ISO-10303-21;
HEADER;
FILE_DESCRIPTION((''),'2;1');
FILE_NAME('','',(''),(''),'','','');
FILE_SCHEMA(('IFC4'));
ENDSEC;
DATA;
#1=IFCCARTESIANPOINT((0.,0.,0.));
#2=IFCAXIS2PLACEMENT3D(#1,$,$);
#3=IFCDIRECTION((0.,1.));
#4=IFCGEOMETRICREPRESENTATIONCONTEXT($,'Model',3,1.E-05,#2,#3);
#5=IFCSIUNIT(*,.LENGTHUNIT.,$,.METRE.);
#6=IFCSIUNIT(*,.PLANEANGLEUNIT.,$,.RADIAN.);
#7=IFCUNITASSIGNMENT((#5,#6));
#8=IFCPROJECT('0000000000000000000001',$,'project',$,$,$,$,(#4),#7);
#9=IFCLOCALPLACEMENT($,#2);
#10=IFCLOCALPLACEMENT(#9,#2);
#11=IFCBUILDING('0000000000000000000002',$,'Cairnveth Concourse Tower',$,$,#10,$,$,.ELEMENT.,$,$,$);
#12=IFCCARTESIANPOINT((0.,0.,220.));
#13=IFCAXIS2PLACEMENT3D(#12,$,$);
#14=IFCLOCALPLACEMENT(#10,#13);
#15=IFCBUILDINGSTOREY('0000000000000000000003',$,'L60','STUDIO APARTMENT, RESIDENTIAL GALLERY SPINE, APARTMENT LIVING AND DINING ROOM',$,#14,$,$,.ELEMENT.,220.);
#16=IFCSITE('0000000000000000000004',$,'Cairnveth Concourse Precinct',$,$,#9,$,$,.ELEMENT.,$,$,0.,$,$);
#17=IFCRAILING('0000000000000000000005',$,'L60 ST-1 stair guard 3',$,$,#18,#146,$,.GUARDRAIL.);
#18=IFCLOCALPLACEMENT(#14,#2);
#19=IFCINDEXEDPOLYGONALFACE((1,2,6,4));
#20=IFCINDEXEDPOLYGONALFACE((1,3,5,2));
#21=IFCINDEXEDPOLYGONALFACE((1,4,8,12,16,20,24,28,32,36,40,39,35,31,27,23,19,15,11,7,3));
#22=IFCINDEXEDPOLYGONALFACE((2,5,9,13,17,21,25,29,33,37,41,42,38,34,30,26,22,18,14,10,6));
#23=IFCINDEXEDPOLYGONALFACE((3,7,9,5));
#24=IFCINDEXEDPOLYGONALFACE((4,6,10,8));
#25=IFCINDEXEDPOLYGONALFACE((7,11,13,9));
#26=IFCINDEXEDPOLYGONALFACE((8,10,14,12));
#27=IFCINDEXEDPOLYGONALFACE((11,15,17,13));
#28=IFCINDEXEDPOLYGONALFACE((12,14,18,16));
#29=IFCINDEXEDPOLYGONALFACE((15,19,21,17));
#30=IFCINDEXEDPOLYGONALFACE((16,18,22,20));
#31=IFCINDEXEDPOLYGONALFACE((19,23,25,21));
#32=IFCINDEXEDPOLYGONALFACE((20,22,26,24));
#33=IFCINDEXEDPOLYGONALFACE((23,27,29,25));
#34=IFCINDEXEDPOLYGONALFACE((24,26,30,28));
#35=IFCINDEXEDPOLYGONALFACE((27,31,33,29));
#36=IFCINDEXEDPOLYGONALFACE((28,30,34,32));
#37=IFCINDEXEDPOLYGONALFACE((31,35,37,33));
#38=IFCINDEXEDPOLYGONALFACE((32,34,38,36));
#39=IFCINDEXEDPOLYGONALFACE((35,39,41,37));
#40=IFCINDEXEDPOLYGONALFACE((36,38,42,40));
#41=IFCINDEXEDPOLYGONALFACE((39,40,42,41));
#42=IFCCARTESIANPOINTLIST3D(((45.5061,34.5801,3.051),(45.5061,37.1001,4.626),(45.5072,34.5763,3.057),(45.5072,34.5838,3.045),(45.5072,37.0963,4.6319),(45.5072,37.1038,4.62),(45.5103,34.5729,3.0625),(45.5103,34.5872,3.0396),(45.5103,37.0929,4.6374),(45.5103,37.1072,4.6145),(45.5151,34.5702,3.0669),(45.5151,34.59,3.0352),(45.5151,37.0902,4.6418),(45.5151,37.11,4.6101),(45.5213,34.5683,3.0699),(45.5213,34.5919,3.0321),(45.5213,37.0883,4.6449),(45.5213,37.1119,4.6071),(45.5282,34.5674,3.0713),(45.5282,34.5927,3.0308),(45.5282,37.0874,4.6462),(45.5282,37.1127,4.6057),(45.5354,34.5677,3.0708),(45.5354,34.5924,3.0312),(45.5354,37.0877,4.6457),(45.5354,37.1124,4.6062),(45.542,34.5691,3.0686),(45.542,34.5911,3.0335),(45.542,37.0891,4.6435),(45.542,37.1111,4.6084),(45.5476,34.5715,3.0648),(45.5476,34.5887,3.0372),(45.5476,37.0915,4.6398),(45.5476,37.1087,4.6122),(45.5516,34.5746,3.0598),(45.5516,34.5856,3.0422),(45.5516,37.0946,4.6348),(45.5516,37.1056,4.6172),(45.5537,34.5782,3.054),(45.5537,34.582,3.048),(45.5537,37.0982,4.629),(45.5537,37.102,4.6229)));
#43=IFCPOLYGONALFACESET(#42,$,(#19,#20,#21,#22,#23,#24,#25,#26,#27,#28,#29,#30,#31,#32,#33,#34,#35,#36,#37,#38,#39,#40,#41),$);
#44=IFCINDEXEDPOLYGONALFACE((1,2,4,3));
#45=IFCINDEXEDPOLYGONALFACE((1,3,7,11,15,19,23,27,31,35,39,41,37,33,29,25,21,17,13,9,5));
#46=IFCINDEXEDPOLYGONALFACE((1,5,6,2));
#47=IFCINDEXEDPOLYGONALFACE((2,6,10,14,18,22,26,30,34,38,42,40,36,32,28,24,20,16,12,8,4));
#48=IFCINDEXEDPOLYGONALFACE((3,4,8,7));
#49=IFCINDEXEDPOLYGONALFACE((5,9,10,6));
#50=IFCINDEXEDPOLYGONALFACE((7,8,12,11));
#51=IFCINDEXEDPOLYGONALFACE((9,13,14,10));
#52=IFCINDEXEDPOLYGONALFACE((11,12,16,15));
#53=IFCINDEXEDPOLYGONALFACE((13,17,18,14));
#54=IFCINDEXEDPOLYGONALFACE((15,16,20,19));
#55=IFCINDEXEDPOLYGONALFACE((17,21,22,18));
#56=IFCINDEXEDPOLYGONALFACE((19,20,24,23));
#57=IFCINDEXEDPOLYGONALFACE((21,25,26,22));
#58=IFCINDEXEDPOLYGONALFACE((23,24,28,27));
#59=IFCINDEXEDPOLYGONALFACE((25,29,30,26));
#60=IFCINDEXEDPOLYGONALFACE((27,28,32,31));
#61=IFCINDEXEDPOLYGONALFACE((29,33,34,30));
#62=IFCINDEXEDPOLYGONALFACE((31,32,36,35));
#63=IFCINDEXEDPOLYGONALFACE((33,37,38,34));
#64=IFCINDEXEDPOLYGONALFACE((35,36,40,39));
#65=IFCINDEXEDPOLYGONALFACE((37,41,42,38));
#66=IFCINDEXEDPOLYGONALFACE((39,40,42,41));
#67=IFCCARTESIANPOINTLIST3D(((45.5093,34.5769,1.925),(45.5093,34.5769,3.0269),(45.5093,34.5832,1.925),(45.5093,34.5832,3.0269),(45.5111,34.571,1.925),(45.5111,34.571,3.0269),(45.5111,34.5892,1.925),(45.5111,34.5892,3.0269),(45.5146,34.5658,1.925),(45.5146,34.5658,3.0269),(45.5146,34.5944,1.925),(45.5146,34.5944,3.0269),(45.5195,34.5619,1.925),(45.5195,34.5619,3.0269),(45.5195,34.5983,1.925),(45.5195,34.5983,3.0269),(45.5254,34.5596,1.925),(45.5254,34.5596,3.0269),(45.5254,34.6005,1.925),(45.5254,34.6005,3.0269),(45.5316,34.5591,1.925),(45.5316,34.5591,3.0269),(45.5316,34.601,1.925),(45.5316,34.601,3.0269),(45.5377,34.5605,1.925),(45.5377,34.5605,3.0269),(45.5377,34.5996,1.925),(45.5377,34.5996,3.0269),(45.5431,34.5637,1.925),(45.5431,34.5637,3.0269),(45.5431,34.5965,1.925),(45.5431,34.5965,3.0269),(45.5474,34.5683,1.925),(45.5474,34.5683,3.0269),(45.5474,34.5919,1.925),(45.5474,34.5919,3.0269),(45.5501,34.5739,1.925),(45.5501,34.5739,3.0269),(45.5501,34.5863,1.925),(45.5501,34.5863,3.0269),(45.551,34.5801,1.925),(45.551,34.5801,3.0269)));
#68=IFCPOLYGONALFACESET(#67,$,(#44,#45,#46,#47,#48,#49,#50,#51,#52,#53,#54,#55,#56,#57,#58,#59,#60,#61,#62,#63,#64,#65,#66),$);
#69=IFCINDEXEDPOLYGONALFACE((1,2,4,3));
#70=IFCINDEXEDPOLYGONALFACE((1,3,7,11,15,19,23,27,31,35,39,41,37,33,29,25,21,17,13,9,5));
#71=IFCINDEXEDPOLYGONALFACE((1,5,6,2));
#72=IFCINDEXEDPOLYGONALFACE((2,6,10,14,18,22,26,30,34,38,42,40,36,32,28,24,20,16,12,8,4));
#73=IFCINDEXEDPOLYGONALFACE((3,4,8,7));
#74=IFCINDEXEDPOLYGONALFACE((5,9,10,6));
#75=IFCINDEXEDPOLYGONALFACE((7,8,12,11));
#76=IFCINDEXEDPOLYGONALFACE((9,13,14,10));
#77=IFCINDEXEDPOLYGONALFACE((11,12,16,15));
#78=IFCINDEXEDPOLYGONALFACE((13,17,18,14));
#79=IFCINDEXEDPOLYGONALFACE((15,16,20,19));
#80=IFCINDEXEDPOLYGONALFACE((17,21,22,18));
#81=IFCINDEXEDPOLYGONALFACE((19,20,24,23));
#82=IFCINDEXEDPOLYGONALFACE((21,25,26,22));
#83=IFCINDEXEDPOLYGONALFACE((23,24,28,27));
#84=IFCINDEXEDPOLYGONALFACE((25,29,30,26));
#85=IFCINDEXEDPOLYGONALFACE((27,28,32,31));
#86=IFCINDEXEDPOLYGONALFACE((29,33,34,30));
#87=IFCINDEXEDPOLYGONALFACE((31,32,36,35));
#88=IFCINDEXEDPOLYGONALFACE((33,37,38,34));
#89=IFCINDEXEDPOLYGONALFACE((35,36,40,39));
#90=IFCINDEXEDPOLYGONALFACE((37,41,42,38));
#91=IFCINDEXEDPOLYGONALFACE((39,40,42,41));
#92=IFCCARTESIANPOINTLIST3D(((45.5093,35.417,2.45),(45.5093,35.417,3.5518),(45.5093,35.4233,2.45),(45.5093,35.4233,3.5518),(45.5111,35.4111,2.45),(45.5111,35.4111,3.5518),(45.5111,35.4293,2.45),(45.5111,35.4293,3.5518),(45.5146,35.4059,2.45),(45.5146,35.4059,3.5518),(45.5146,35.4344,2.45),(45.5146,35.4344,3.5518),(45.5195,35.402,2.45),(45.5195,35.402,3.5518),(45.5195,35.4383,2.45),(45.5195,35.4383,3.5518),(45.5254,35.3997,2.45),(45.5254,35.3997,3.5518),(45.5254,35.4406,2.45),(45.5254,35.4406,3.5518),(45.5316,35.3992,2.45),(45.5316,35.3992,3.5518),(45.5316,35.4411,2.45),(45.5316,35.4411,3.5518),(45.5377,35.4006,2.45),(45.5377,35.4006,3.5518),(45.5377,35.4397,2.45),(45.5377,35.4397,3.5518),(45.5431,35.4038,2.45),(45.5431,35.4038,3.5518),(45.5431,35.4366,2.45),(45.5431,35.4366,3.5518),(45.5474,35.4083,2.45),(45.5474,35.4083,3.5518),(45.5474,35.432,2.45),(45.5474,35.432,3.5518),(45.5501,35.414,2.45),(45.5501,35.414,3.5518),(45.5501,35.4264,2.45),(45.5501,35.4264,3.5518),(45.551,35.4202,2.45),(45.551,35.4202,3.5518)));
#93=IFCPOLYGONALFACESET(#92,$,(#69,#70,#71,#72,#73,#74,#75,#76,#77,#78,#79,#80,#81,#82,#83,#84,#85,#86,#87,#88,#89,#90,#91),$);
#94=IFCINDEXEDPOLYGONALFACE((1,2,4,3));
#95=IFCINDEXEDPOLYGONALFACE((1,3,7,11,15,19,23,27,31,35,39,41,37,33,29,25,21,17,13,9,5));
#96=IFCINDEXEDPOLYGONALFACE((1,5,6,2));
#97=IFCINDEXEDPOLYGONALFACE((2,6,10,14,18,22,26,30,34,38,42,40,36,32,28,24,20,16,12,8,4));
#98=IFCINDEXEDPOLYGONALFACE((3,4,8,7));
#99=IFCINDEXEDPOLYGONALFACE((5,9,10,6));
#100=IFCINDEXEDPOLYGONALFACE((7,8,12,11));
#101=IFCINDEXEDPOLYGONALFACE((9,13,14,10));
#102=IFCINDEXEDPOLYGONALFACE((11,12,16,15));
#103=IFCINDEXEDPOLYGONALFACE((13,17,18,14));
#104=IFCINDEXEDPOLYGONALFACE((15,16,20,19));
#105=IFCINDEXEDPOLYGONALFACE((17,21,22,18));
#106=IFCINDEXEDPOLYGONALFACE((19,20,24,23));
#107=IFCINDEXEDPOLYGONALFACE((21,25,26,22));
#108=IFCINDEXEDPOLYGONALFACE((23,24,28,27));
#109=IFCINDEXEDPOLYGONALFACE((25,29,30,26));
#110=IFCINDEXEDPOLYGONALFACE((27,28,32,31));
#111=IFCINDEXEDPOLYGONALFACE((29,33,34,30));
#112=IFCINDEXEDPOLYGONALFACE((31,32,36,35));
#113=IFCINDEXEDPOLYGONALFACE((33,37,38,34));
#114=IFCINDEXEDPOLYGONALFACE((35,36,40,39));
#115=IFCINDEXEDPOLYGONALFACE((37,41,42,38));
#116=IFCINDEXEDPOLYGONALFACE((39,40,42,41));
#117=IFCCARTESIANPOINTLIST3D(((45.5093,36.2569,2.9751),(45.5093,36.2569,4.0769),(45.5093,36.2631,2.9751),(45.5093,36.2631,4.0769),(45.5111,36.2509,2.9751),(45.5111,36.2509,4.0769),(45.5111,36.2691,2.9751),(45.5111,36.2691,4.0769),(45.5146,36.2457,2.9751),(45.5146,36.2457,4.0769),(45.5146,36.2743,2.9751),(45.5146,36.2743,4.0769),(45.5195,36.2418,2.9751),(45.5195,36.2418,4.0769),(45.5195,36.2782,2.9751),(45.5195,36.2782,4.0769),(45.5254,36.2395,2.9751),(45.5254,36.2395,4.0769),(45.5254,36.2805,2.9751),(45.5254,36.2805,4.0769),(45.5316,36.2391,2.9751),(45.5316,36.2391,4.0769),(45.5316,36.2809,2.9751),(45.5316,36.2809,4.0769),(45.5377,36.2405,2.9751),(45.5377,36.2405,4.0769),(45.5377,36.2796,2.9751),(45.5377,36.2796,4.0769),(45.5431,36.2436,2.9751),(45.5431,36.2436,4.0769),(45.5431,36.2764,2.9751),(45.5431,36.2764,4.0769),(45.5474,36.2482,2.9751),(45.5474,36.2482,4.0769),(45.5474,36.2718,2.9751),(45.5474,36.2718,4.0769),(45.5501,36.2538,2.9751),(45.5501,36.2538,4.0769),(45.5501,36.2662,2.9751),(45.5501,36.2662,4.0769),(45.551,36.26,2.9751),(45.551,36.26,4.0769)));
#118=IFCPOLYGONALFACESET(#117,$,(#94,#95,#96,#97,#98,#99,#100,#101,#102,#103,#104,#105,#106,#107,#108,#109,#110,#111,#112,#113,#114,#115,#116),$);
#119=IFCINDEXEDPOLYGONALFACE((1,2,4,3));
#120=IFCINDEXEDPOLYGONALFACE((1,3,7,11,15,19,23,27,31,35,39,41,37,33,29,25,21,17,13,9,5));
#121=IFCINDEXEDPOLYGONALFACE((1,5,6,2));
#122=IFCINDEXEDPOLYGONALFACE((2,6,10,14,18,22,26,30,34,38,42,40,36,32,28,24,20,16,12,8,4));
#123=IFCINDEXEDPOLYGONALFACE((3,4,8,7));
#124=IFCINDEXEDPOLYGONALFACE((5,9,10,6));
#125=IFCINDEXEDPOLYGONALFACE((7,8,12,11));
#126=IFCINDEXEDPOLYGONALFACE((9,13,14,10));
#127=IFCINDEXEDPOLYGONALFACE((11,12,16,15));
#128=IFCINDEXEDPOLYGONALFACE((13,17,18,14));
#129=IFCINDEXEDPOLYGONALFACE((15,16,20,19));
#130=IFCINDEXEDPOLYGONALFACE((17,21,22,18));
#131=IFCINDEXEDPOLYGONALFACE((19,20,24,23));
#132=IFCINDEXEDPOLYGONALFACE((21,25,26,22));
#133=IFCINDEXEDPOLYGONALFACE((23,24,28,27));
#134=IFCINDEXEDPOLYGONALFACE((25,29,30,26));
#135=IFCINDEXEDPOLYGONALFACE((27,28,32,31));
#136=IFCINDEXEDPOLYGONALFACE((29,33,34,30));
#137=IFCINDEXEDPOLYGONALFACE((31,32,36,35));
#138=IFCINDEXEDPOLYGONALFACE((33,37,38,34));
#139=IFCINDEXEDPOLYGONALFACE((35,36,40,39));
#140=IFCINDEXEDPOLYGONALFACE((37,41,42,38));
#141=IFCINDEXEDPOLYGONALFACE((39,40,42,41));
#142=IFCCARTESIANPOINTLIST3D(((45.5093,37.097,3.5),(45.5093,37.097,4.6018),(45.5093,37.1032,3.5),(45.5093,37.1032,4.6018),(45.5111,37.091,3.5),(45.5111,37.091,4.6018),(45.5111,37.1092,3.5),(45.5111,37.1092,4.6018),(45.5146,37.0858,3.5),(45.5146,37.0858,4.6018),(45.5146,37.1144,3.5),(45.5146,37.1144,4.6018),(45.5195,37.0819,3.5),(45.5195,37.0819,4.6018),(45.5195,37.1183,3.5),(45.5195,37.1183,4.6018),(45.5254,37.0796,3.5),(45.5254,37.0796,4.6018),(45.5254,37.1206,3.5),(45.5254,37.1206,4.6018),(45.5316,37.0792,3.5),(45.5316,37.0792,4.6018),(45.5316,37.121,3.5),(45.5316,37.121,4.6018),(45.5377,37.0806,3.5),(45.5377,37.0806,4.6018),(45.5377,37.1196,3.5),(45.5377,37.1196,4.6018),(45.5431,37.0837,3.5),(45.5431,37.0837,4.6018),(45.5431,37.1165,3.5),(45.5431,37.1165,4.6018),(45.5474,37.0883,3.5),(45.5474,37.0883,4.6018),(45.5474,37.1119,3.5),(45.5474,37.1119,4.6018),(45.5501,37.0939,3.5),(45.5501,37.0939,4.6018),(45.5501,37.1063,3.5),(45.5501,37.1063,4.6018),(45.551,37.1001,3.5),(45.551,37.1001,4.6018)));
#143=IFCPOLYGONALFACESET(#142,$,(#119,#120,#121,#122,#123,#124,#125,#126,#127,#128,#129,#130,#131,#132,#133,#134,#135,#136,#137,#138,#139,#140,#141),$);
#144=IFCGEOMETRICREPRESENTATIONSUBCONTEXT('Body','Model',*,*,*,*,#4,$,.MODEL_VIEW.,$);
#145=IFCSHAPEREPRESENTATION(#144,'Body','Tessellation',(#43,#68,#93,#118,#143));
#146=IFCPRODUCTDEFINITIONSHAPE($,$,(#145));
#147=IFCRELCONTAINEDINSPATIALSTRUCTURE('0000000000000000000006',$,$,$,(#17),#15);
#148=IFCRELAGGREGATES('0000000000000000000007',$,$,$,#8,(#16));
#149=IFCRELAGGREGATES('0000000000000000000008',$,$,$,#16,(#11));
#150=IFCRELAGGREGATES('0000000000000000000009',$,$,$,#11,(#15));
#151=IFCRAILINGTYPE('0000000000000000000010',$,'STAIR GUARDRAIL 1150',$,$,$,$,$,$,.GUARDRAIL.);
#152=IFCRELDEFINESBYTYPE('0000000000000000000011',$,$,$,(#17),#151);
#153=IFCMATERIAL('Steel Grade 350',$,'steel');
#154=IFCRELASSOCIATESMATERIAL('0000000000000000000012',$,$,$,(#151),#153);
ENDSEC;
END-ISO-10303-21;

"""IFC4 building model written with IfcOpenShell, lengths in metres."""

from ifc_helpers import new_model, si_unit, direction, frame, origin, origin_2d, place, context, subcontext, project, spatial, circle, extrude, material, type_object, element, save


model = new_model("IFC4")

# Units and contexts
model_context = context("Model", 3, precision=1e-05, world=origin(), true_north=direction((0.0, 1.0)))
body_context = subcontext(model_context, "Body", "Model", "MODEL_VIEW")
ifc_project = project(units=[si_unit("LENGTHUNIT", "METRE"), si_unit("PLANEANGLEUNIT", "RADIAN")], contexts=[model_context])

# Site, building, storey
site_placement = place(None, origin())
site = spatial("IfcSite", under=ifc_project, at=site_placement, Name="Cairnveth Concourse Precinct", CompositionType="ELEMENT", RefElevation=0.0)
building_placement = place(site_placement, origin())
building = spatial("IfcBuilding", under=site, at=building_placement, Name="Cairnveth Concourse Tower", CompositionType="ELEMENT")
storey_placement = place(building_placement, frame((0.0, 0.0, 220.0)))
storey = spatial("IfcBuildingStorey", under=building, at=storey_placement, Name="L60", Description="STUDIO APARTMENT, RESIDENTIAL GALLERY SPINE, APARTMENT LIVING AND DINING ROOM", CompositionType="ELEMENT", Elevation=220.0)

# Shared definitions
ifc_material_1 = material(Name="Steel Grade 350", Category="steel")

# Railing
railing_type_1 = type_object("IfcRailingType", Name="STAIR GUARDRAIL 1150", PredefinedType="GUARDRAIL", material=ifc_material_1)
railing_1_placement = place(storey_placement, frame((45.53, 34.5801, 1.925)))
element("IfcRailing", 1, at=railing_1_placement, inside=storey, type_object=railing_type_1, Name="L60 ST-1 stair guard 3", PredefinedType="GUARDRAIL", context=body_context, shape_type="SweptSolid", body=[
    extrude(circle(Radius=0.0239, at=origin_2d()), frame((0.0, 0.0, 1.126), z_axis=(0.0, 0.848008, 0.529984), x_axis=(-1.0, 0.0, 0.0)), (0.0, 0.0, 1.0), 2.9717),
    extrude(circle(Radius=0.021, at=origin_2d()), origin(), (0.0, 0.0, 1.0), 1.1018),
    extrude(circle(Radius=0.021, at=origin_2d()), frame((0.0, 0.8401, 0.5249)), (0.0, 0.0, 1.0), 1.1018),
    extrude(circle(Radius=0.021, at=origin_2d()), frame((0.0, 1.6799, 1.05)), (0.0, 0.0, 1.0), 1.1018),
    extrude(circle(Radius=0.021, at=origin_2d()), frame((0.0, 2.52, 1.575)), (0.0, 0.0, 1.0), 1.1018),
])

save(model, "model.ifc")
